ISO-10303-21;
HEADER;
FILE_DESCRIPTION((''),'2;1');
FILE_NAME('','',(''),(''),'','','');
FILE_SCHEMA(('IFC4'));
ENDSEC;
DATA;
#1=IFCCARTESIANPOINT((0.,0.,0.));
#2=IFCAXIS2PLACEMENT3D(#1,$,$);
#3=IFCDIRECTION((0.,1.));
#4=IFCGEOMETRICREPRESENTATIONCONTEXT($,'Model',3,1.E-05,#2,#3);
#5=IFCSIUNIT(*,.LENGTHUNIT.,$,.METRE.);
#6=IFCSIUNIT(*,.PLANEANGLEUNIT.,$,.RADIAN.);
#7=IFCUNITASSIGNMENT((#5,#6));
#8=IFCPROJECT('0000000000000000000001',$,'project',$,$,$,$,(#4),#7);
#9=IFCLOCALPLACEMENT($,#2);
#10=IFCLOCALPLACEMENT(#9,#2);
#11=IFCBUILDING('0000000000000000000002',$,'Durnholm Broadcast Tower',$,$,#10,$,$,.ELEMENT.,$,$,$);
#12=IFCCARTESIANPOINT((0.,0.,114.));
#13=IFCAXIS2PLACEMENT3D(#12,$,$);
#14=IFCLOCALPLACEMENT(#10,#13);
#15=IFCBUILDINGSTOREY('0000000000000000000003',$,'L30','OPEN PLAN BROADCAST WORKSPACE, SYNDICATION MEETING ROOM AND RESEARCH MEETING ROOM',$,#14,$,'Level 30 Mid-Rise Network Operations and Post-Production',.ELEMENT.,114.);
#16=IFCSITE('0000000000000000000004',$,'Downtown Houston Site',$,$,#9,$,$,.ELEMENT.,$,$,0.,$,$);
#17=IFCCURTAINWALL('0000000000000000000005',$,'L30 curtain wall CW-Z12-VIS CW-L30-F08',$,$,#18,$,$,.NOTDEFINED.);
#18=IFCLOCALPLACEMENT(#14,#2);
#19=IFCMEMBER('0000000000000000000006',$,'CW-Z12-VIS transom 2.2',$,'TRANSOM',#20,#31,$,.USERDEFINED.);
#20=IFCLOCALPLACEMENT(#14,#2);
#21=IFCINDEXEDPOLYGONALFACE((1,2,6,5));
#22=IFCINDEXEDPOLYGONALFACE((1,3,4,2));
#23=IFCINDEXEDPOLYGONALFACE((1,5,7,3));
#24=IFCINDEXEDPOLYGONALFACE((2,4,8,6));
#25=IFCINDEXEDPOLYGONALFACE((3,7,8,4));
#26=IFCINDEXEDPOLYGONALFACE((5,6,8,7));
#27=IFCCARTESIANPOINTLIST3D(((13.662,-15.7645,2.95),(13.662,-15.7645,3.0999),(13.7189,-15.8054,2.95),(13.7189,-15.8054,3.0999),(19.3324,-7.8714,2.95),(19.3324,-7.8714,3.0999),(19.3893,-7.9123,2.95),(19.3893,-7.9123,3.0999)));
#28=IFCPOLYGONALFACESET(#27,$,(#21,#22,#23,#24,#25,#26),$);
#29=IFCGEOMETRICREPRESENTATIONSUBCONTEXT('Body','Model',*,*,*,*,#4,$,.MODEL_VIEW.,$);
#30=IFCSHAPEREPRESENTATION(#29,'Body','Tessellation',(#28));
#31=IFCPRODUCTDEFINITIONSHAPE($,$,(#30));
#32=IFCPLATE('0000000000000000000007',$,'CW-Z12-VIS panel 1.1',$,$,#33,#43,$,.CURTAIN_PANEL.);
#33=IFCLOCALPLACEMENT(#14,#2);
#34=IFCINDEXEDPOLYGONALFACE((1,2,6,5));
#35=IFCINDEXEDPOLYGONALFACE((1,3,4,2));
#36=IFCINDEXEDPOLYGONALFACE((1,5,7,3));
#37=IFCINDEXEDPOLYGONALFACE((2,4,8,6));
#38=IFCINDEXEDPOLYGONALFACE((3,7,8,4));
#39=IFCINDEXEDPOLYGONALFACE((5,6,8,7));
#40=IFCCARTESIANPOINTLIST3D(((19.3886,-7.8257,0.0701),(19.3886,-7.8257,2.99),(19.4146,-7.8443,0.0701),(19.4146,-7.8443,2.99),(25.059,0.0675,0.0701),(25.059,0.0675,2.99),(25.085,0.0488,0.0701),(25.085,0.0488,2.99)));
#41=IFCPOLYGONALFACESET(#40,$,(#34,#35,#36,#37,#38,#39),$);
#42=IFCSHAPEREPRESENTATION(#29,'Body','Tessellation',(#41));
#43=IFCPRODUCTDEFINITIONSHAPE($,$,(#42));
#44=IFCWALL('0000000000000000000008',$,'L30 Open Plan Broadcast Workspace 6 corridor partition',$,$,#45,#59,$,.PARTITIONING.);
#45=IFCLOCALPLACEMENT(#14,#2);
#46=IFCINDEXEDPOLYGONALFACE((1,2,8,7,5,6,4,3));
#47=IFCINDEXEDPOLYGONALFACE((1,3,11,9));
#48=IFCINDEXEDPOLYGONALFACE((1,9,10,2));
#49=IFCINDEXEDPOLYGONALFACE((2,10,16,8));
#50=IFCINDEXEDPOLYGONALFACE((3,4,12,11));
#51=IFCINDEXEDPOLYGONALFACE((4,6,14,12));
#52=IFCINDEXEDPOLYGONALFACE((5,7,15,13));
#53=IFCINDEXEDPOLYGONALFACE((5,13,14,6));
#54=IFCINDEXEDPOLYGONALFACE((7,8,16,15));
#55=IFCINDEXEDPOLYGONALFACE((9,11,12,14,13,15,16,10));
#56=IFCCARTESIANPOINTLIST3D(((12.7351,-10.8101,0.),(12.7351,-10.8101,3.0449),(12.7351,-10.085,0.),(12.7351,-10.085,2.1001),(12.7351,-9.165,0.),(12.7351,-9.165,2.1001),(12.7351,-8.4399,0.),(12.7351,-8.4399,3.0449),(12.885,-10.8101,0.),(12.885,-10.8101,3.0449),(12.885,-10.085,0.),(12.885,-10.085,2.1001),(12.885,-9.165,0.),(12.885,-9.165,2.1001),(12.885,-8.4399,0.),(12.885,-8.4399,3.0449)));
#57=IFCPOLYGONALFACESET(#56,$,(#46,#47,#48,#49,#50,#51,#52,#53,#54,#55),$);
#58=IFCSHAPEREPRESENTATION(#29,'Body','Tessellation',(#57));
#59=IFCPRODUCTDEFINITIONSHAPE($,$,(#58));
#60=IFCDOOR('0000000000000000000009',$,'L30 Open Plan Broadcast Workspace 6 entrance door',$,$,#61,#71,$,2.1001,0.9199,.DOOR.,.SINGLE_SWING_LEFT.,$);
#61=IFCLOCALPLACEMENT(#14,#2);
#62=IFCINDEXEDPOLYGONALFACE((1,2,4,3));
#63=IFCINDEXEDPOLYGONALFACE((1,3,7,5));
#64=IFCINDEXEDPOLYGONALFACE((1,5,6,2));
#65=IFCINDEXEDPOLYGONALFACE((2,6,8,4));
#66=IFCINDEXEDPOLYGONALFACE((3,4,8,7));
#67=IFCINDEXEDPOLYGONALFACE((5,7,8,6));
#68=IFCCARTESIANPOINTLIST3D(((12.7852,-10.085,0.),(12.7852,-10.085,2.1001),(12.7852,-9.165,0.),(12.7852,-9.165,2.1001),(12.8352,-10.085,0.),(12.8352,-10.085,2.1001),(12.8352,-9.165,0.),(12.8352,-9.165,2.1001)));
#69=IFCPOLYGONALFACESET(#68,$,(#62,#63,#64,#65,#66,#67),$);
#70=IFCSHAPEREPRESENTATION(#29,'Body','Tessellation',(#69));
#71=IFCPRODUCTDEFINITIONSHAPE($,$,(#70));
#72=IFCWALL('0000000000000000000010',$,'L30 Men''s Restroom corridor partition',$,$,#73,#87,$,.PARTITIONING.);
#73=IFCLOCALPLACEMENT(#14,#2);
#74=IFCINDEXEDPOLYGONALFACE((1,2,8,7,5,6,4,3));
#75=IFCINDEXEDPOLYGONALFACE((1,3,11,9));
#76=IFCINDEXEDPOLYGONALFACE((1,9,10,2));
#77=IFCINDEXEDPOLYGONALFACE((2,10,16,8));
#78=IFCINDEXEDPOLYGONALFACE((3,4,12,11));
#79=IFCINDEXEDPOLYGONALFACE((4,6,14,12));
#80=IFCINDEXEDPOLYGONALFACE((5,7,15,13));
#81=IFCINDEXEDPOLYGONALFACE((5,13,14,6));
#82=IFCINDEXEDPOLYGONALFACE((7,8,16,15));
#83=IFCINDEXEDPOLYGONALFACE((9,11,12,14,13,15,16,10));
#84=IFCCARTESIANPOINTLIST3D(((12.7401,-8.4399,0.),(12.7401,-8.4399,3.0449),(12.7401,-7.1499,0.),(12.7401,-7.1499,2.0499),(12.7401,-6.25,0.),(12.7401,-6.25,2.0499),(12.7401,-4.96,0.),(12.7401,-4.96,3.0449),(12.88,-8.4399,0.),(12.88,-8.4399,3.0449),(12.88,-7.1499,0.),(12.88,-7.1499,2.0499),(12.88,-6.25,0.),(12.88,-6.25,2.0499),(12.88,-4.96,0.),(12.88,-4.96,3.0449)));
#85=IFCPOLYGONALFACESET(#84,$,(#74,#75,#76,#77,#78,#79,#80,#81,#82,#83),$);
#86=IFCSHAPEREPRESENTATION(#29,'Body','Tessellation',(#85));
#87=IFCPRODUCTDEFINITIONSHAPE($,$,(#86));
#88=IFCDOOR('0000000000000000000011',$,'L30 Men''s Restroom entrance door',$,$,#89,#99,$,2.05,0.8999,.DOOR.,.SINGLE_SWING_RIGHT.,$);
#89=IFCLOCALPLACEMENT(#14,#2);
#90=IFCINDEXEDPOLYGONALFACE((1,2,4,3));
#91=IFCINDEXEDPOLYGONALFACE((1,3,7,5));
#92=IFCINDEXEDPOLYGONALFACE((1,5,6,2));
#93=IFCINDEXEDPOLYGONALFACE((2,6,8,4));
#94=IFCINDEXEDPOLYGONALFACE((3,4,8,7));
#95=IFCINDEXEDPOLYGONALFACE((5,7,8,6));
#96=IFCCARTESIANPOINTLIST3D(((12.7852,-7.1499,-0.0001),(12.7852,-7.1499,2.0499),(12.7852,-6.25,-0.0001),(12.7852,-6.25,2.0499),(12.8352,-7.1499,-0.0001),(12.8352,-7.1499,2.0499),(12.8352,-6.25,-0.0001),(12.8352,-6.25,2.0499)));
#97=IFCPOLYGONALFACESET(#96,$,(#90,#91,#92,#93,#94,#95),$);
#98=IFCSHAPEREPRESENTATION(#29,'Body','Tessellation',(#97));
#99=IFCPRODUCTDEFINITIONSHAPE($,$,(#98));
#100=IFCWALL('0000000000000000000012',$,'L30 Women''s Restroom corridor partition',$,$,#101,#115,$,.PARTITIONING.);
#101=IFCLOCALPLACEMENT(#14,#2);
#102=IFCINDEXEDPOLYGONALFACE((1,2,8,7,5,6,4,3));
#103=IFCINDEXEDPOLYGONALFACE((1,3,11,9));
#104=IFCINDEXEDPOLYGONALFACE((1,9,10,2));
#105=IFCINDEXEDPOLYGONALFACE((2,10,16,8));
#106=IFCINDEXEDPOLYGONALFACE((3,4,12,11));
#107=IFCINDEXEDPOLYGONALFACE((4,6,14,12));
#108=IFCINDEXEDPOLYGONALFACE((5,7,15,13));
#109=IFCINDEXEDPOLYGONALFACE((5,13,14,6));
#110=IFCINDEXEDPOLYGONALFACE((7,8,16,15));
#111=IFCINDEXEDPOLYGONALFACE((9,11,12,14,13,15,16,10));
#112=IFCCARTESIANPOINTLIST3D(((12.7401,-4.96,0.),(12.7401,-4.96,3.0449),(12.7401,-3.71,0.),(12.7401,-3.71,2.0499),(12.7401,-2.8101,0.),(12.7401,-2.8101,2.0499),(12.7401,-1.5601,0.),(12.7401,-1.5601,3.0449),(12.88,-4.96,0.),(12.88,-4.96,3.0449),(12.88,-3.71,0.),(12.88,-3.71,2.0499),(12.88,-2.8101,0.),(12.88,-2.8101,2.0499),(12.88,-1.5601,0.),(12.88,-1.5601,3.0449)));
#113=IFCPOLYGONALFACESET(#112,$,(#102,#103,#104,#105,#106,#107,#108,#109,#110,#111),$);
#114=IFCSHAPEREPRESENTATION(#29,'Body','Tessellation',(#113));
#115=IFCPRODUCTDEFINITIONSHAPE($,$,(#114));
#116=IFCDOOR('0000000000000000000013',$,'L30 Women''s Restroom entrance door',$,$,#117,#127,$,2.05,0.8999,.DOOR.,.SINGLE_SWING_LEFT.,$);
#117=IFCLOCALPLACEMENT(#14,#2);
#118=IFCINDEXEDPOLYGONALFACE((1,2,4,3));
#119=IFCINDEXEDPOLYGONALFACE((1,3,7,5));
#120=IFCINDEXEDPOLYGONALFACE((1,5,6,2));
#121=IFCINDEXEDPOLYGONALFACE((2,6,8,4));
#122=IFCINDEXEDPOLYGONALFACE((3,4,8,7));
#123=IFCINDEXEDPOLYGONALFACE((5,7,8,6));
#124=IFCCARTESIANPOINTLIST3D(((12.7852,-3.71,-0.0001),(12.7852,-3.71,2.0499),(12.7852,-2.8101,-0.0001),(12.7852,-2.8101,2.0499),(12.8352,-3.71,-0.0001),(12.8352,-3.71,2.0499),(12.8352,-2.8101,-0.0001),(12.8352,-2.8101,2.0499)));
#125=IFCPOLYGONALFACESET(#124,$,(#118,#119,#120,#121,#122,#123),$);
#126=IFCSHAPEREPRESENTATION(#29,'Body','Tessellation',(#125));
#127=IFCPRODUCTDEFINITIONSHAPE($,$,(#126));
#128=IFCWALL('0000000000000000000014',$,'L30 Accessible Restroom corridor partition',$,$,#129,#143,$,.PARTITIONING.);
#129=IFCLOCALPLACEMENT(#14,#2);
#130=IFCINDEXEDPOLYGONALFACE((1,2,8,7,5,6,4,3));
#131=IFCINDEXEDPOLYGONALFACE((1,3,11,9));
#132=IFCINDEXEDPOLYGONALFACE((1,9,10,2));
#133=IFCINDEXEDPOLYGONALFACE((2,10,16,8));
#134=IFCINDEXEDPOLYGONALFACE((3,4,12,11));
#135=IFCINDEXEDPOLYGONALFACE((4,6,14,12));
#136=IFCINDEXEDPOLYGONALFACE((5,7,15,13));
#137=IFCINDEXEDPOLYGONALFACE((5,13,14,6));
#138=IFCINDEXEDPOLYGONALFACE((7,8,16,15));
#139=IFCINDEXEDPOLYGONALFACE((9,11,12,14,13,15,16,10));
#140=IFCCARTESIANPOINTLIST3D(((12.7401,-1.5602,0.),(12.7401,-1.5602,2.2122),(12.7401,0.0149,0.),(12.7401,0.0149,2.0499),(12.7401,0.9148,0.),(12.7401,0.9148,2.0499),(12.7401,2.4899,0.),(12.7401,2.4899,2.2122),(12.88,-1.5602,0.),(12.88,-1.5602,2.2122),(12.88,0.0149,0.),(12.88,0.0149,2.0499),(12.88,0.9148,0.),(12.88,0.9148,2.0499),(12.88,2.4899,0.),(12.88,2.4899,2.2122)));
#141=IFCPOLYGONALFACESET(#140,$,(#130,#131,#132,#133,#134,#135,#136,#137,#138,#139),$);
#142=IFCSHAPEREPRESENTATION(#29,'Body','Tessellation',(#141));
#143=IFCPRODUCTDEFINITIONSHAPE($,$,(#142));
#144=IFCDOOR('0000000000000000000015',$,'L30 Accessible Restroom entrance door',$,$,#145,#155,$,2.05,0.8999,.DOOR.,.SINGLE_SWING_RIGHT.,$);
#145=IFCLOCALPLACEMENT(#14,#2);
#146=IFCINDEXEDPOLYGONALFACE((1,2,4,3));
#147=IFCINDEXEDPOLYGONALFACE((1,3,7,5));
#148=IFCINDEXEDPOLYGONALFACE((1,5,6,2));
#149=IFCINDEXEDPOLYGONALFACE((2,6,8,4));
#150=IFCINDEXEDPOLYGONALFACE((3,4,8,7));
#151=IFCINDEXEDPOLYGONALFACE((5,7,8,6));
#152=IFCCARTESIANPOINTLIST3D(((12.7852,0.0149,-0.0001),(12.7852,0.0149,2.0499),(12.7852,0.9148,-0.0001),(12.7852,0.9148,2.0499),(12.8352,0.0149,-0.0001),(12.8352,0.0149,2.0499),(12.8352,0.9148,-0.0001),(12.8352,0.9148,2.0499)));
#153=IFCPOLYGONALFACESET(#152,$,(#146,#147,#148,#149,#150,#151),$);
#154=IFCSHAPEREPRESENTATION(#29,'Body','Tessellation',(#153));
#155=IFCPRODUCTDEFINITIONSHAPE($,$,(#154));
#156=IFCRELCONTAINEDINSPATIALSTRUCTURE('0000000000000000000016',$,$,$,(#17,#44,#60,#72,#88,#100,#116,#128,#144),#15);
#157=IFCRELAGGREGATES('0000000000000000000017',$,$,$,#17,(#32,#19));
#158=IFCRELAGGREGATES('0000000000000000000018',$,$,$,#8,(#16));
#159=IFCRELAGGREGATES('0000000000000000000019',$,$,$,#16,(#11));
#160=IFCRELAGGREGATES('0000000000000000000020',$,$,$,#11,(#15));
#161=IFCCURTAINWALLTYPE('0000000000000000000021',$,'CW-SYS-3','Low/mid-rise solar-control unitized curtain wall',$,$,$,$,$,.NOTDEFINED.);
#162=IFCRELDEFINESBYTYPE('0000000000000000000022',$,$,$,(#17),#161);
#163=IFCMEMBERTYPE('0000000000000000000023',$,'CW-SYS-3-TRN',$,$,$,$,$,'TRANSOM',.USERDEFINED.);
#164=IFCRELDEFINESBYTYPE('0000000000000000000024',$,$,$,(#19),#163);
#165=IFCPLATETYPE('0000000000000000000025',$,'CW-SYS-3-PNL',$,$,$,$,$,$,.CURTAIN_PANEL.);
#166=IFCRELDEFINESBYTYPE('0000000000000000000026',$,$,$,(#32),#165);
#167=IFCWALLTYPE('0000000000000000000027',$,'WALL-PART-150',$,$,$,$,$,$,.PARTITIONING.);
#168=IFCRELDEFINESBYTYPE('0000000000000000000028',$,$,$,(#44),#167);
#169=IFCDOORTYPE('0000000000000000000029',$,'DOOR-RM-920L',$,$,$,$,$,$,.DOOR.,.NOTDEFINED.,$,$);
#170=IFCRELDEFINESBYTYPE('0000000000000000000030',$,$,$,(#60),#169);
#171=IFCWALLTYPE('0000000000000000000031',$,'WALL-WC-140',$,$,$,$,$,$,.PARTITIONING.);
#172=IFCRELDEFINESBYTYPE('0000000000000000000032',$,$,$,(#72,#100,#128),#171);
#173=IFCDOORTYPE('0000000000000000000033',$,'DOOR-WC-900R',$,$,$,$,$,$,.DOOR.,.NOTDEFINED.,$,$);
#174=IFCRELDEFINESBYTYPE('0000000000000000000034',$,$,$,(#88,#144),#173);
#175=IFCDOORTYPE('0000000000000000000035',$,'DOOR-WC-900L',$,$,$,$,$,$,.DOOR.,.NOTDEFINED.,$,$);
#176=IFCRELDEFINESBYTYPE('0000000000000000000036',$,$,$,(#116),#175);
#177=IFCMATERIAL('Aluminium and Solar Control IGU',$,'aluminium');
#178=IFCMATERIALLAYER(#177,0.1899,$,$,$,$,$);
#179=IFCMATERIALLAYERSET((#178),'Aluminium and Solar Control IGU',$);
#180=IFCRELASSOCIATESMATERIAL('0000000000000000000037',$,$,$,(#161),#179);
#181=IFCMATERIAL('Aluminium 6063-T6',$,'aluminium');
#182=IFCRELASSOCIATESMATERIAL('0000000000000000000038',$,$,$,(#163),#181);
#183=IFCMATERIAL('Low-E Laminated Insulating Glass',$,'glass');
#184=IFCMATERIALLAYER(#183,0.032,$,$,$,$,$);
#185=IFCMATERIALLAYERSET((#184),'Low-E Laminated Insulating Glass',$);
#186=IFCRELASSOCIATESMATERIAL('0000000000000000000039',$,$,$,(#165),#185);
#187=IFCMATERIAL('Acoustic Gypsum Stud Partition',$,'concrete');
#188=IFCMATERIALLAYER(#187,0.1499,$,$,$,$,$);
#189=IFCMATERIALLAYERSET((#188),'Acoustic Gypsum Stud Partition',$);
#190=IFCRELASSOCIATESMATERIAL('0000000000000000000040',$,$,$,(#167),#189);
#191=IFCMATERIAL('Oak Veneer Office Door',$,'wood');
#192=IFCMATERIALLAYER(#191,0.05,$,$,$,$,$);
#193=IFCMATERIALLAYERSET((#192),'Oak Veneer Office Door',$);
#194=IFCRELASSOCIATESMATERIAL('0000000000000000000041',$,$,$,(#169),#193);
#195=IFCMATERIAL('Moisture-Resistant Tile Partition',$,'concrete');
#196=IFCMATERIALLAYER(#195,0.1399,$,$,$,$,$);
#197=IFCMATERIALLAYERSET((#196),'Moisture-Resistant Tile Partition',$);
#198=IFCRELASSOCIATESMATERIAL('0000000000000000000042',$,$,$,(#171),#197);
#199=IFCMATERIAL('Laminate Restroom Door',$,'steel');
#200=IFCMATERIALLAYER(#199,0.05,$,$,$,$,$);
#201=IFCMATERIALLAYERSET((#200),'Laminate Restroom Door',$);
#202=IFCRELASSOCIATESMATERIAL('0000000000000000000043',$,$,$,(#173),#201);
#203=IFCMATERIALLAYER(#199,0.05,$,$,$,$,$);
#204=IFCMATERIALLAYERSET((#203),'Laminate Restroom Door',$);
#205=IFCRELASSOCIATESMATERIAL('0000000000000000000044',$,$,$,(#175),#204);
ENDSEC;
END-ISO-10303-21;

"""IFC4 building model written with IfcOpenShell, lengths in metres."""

from ifc_helpers import new_model, si_unit, direction, frame, frame_2d, origin, origin_2d, place, context, subcontext, project, spatial, rectangle, extrude, source, transform, mapped, material, layer, layer_set, material_profile, profile_set, type_object, type_shapes, element, fill, aggregate, save


model = new_model("IFC4")

# Units and contexts
model_context = context("Model", 3, precision=1e-05, world=origin(), true_north=direction((0.0, 1.0)))
body_context = subcontext(model_context, "Body", "Model", "MODEL_VIEW")
ifc_project = project(units=[si_unit("LENGTHUNIT", "METRE"), si_unit("PLANEANGLEUNIT", "RADIAN")], contexts=[model_context])

# Site, building, storey
site_placement = place(None, origin())
site = spatial("IfcSite", under=ifc_project, at=site_placement, Name="Downtown Houston Site", CompositionType="ELEMENT", RefElevation=0.0)
building_placement = place(site_placement, origin())
building = spatial("IfcBuilding", under=site, at=building_placement, Name="Durnholm Broadcast Tower", CompositionType="ELEMENT")
storey_placement = place(building_placement, frame((0.0, 0.0, 114.0)))
storey = spatial("IfcBuildingStorey", under=building, at=storey_placement, Name="L30", Description="OPEN PLAN BROADCAST WORKSPACE, SYNDICATION MEETING ROOM AND RESEARCH MEETING ROOM", LongName="Level 30 Mid-Rise Network Operations and Post-Production", CompositionType="ELEMENT", Elevation=114.0)

# Shared definitions
ifc_material_1 = material(Name="Aluminium and Solar Control IGU", Category="aluminium")
ifc_material_2 = material(Name="Aluminium 6063-T6", Category="aluminium")

# Curtain wall, member, plate
ifc_layer_1 = layer(ifc_material_1, 0.1899)
ifc_layer_set_1 = layer_set([ifc_layer_1], Name="Aluminium and Solar Control IGU")
curtain_wall_type_1 = type_object("IfcCurtainWallType", Name="CW-SYS-3", Description="Low/mid-rise solar-control unitized curtain wall", PredefinedType="NOTDEFINED", material=ifc_layer_set_1)
curtain_wall_1_placement = place(storey_placement, origin())
curtain_wall_1 = element("IfcCurtainWall", 1, at=curtain_wall_1_placement, inside=storey, type_object=curtain_wall_type_1, Name="L30 curtain wall CW-Z12-VIS CW-L30-F08", PredefinedType="NOTDEFINED")
ifc_material_profile_1 = material_profile(ifc_material_2, rectangle(XDim=0.0701, YDim=0.1499, at=origin_2d()), Name="CWT70X150")
ifc_profile_set_1 = profile_set([ifc_material_profile_1], Name="Aluminium 6063-T6")
member_type_1 = type_object("IfcMemberType", Name="CW-SYS-3-TRN", ElementType="TRANSOM", PredefinedType="USERDEFINED", material=ifc_profile_set_1)
shared_shape_1 = source(origin(), body_context, "Body", "SweptSolid", [
    extrude(rectangle(XDim=0.0701, YDim=0.1499, at=origin_2d()), origin(), (0.0, 0.0, 1.0), 9.7188),
])
type_shapes(member_type_1, [shared_shape_1])
member_1_placement = place(storey_placement, frame((19.3608, -7.8918, 3.0249), z_axis=(-0.583451, -0.812149, 0.0), x_axis=(0.812149, -0.583451, 0.0)))
member_1 = element("IfcMember", 2, at=member_1_placement, type_object=member_type_1, Name="CW-Z12-VIS transom 2.2", ObjectType="TRANSOM", PredefinedType="USERDEFINED", context=body_context, shape_type="MappedRepresentation", body=[
    mapped(shared_shape_1, transform((0.0, 0.0, 0.0), x_axis=(1.0, 0.0, 0.0), y_axis=(0.0, 1.0, 0.0), z_axis=(0.0, 0.0, 1.0), scale=1.0)),
])
ifc_material_3 = material(Name="Low-E Laminated Insulating Glass", Category="glass")
ifc_layer_2 = layer(ifc_material_3, 0.032)
ifc_layer_set_2 = layer_set([ifc_layer_2], Name="Low-E Laminated Insulating Glass")
plate_type = type_object("IfcPlateType", Name="CW-SYS-3-PNL", PredefinedType="CURTAIN_PANEL", material=ifc_layer_set_2)
shared_shape_2 = source(origin(), body_context, "Body", "SweptSolid", [
    extrude(rectangle(XDim=9.7188, YDim=0.032, at=origin_2d()), origin(), (0.0, 0.0, 1.0), 2.9199),
])
type_shapes(plate_type, [shared_shape_2])
plate_placement = place(storey_placement, frame((22.2368, -3.8884, 0.0701), z_axis=(0.0, 0.0, 1.0), x_axis=(-0.583445, -0.812152, 0.0)))
plate = element("IfcPlate", 3, at=plate_placement, type_object=plate_type, Name="CW-Z12-VIS panel 1.1", PredefinedType="CURTAIN_PANEL", context=body_context, shape_type="MappedRepresentation", body=[
    mapped(shared_shape_2, transform((0.0, 0.0, 0.0), x_axis=(1.0, 0.0, 0.0), y_axis=(0.0, 1.0, 0.0), z_axis=(0.0, 0.0, 1.0), scale=1.0)),
])
aggregate(curtain_wall_1, [plate, member_1])

# Walls, openings, doors
ifc_material_4 = material(Name="Acoustic Gypsum Stud Partition", Category="concrete")
ifc_layer_3 = layer(ifc_material_4, 0.1499)
ifc_layer_set_3 = layer_set([ifc_layer_3], Name="Acoustic Gypsum Stud Partition")
wall_type_1 = type_object("IfcWallType", Name="WALL-PART-150", PredefinedType="PARTITIONING", material=ifc_layer_set_3)
wall_1_placement = place(storey_placement, frame((12.8101, -10.8101, 0.0), z_axis=(0.0, 0.0, 1.0), x_axis=(0.0, 1.0, 0.0)))
wall_1 = element("IfcWall", 4, at=wall_1_placement, inside=storey, type_object=wall_type_1, Name="L30 Open Plan Broadcast Workspace 6 corridor partition", PredefinedType="PARTITIONING", context=body_context, shape_type="SweptSolid", body=[
    extrude(rectangle(XDim=2.3701, YDim=0.1499, at=frame_2d((1.1851, 0.0))), origin(), (0.0, 0.0, 1.0), 3.0449),
])
opening_1_placement = place(wall_1_placement, frame((0.7251, 0.0, 0.0)))
opening_1 = element("IfcOpeningElement", 5, at=opening_1_placement, cuts=wall_1, PredefinedType="OPENING", context=body_context, shape_type="SweptSolid", body=[
    extrude(rectangle(XDim=0.9199, YDim=2.1001, at=frame_2d((0.46, 1.05))), frame((0.0, 0.085, 0.0), z_axis=(0.0, -1.0, 0.0), x_axis=(1.0, 0.0, 0.0)), (0.0, 0.0, 1.0), 0.1699),
])
ifc_material_5 = material(Name="Oak Veneer Office Door", Category="wood")
ifc_layer_4 = layer(ifc_material_5, 0.05)
ifc_layer_set_4 = layer_set([ifc_layer_4], Name="Oak Veneer Office Door")
door_type_1 = type_object("IfcDoorType", Name="DOOR-RM-920L", OperationType="NOTDEFINED", PredefinedType="DOOR", material=ifc_layer_set_4)
shared_shape_3 = source(origin(), body_context, "Body", "SweptSolid", [
    extrude(rectangle(XDim=0.9199, YDim=2.1001, at=frame_2d((0.46, 1.05))), frame((0.0, 0.0249, 0.0), z_axis=(0.0, -1.0, 0.0), x_axis=(1.0, 0.0, 0.0)), (0.0, 0.0, 1.0), 0.05),
])
type_shapes(door_type_1, [shared_shape_3])
door_1_placement = place(opening_1_placement, origin())
door_1 = element("IfcDoor", 6, at=door_1_placement, inside=storey, type_object=door_type_1, Name="L30 Open Plan Broadcast Workspace 6 entrance door", OperationType="SINGLE_SWING_LEFT", OverallHeight=2.1001, OverallWidth=0.9199, PredefinedType="DOOR", context=body_context, shape_type="MappedRepresentation", body=[
    mapped(shared_shape_3, transform((0.0, 0.0, 0.0), x_axis=(1.0, 0.0, 0.0), y_axis=(0.0, 1.0, 0.0), z_axis=(0.0, 0.0, 1.0), scale=1.0)),
])
fill(opening_1, door_1)
ifc_material_6 = material(Name="Moisture-Resistant Tile Partition", Category="concrete")
ifc_layer_5 = layer(ifc_material_6, 0.1399)
ifc_layer_set_5 = layer_set([ifc_layer_5], Name="Moisture-Resistant Tile Partition")
wall_type_2 = type_object("IfcWallType", Name="WALL-WC-140", PredefinedType="PARTITIONING", material=ifc_layer_set_5)
wall_2_placement = place(storey_placement, frame((12.8101, -8.4399, 0.0), z_axis=(0.0, 0.0, 1.0), x_axis=(0.0, 1.0, 0.0)))
wall_2 = element("IfcWall", 7, at=wall_2_placement, inside=storey, type_object=wall_type_2, Name="L30 Men's Restroom corridor partition", PredefinedType="PARTITIONING", context=body_context, shape_type="SweptSolid", body=[
    extrude(rectangle(XDim=3.48, YDim=0.1399, at=frame_2d((1.74, 0.0))), origin(), (0.0, 0.0, 1.0), 3.0449),
])
opening_2_placement = place(wall_2_placement, frame((1.29, 0.0, 0.0)))
opening_2 = element("IfcOpeningElement", 8, at=opening_2_placement, cuts=wall_2, PredefinedType="OPENING", context=body_context, shape_type="SweptSolid", body=[
    extrude(rectangle(XDim=0.8999, YDim=2.05, at=frame_2d((0.45, 1.0249))), frame((0.0, 0.0801, 0.0), z_axis=(0.0, -1.0, 0.0), x_axis=(1.0, 0.0, 0.0)), (0.0, 0.0, 1.0), 0.1599),
])
ifc_material_7 = material(Name="Laminate Restroom Door", Category="steel")
ifc_layer_6 = layer(ifc_material_7, 0.05)
ifc_layer_set_6 = layer_set([ifc_layer_6], Name="Laminate Restroom Door")
door_type_2 = type_object("IfcDoorType", Name="DOOR-WC-900R", OperationType="NOTDEFINED", PredefinedType="DOOR", material=ifc_layer_set_6)
shared_shape_4 = source(origin(), body_context, "Body", "SweptSolid", [
    extrude(rectangle(XDim=0.8999, YDim=2.05, at=frame_2d((0.45, 1.0249))), frame((0.0, 0.0249, 0.0), z_axis=(0.0, -1.0, 0.0), x_axis=(1.0, 0.0, 0.0)), (0.0, 0.0, 1.0), 0.05),
])
type_shapes(door_type_2, [shared_shape_4])
door_2_placement = place(opening_2_placement, origin())
door_2 = element("IfcDoor", 9, at=door_2_placement, inside=storey, type_object=door_type_2, Name="L30 Men's Restroom entrance door", OperationType="SINGLE_SWING_RIGHT", OverallHeight=2.05, OverallWidth=0.8999, PredefinedType="DOOR", context=body_context, shape_type="MappedRepresentation", body=[
    mapped(shared_shape_4, transform((0.0, 0.0, 0.0), x_axis=(1.0, 0.0, 0.0), y_axis=(0.0, 1.0, 0.0), z_axis=(0.0, 0.0, 1.0), scale=1.0)),
])
fill(opening_2, door_2)
wall_3_placement = place(storey_placement, frame((12.8101, -4.96, 0.0), z_axis=(0.0, 0.0, 1.0), x_axis=(0.0, 1.0, 0.0)))
wall_3 = element("IfcWall", 10, at=wall_3_placement, inside=storey, type_object=wall_type_2, Name="L30 Women's Restroom corridor partition", PredefinedType="PARTITIONING", context=body_context, shape_type="SweptSolid", body=[
    extrude(rectangle(XDim=3.3999, YDim=0.1399, at=frame_2d((1.7, 0.0))), origin(), (0.0, 0.0, 1.0), 3.0449),
])
opening_3_placement = place(wall_3_placement, frame((1.25, 0.0, 0.0)))
opening_3 = element("IfcOpeningElement", 11, at=opening_3_placement, cuts=wall_3, PredefinedType="OPENING", context=body_context, shape_type="SweptSolid", body=[
    extrude(rectangle(XDim=0.8999, YDim=2.05, at=frame_2d((0.45, 1.0249))), frame((0.0, 0.0801, 0.0), z_axis=(0.0, -1.0, 0.0), x_axis=(1.0, 0.0, 0.0)), (0.0, 0.0, 1.0), 0.1599),
])
ifc_layer_7 = layer(ifc_material_7, 0.05)
ifc_layer_set_7 = layer_set([ifc_layer_7], Name="Laminate Restroom Door")
door_type_3 = type_object("IfcDoorType", Name="DOOR-WC-900L", OperationType="NOTDEFINED", PredefinedType="DOOR", material=ifc_layer_set_7)
shared_shape_5 = source(origin(), body_context, "Body", "SweptSolid", [
    extrude(rectangle(XDim=0.8999, YDim=2.05, at=frame_2d((0.45, 1.0249))), frame((0.0, 0.0249, 0.0), z_axis=(0.0, -1.0, 0.0), x_axis=(1.0, 0.0, 0.0)), (0.0, 0.0, 1.0), 0.05),
])
type_shapes(door_type_3, [shared_shape_5])
door_3_placement = place(opening_3_placement, origin())
door_3 = element("IfcDoor", 12, at=door_3_placement, inside=storey, type_object=door_type_3, Name="L30 Women's Restroom entrance door", OperationType="SINGLE_SWING_LEFT", OverallHeight=2.05, OverallWidth=0.8999, PredefinedType="DOOR", context=body_context, shape_type="MappedRepresentation", body=[
    mapped(shared_shape_5, transform((0.0, 0.0, 0.0), x_axis=(1.0, 0.0, 0.0), y_axis=(0.0, 1.0, 0.0), z_axis=(0.0, 0.0, 1.0), scale=1.0)),
])
fill(opening_3, door_3)
wall_4_placement = place(storey_placement, frame((12.8101, -1.5601, 0.0), z_axis=(0.0, 0.0, 1.0), x_axis=(0.0, 1.0, 0.0)))
wall_4 = element("IfcWall", 13, at=wall_4_placement, inside=storey, type_object=wall_type_2, Name="L30 Accessible Restroom corridor partition", PredefinedType="PARTITIONING", context=body_context, shape_type="SweptSolid", body=[
    extrude(rectangle(XDim=4.05, YDim=0.1399, at=frame_2d((2.0249, 0.0))), origin(), (0.0, 0.0, 1.0), 2.2122),
])
opening_4_placement = place(wall_4_placement, frame((1.575, 0.0, 0.0)))
opening_4 = element("IfcOpeningElement", 14, at=opening_4_placement, cuts=wall_4, PredefinedType="OPENING", context=body_context, shape_type="SweptSolid", body=[
    extrude(rectangle(XDim=0.8999, YDim=2.05, at=frame_2d((0.45, 1.0249))), frame((0.0, 0.0801, 0.0), z_axis=(0.0, -1.0, 0.0), x_axis=(1.0, 0.0, 0.0)), (0.0, 0.0, 1.0), 0.1599),
])
door_4_placement = place(opening_4_placement, origin())
door_4 = element("IfcDoor", 15, at=door_4_placement, inside=storey, type_object=door_type_2, Name="L30 Accessible Restroom entrance door", OperationType="SINGLE_SWING_RIGHT", OverallHeight=2.05, OverallWidth=0.8999, PredefinedType="DOOR", context=body_context, shape_type="MappedRepresentation", body=[
    mapped(shared_shape_4, transform((0.0, 0.0, 0.0), x_axis=(1.0, 0.0, 0.0), y_axis=(0.0, 1.0, 0.0), z_axis=(0.0, 0.0, 1.0), scale=1.0)),
])
fill(opening_4, door_4)

save(model, "model.ifc")
